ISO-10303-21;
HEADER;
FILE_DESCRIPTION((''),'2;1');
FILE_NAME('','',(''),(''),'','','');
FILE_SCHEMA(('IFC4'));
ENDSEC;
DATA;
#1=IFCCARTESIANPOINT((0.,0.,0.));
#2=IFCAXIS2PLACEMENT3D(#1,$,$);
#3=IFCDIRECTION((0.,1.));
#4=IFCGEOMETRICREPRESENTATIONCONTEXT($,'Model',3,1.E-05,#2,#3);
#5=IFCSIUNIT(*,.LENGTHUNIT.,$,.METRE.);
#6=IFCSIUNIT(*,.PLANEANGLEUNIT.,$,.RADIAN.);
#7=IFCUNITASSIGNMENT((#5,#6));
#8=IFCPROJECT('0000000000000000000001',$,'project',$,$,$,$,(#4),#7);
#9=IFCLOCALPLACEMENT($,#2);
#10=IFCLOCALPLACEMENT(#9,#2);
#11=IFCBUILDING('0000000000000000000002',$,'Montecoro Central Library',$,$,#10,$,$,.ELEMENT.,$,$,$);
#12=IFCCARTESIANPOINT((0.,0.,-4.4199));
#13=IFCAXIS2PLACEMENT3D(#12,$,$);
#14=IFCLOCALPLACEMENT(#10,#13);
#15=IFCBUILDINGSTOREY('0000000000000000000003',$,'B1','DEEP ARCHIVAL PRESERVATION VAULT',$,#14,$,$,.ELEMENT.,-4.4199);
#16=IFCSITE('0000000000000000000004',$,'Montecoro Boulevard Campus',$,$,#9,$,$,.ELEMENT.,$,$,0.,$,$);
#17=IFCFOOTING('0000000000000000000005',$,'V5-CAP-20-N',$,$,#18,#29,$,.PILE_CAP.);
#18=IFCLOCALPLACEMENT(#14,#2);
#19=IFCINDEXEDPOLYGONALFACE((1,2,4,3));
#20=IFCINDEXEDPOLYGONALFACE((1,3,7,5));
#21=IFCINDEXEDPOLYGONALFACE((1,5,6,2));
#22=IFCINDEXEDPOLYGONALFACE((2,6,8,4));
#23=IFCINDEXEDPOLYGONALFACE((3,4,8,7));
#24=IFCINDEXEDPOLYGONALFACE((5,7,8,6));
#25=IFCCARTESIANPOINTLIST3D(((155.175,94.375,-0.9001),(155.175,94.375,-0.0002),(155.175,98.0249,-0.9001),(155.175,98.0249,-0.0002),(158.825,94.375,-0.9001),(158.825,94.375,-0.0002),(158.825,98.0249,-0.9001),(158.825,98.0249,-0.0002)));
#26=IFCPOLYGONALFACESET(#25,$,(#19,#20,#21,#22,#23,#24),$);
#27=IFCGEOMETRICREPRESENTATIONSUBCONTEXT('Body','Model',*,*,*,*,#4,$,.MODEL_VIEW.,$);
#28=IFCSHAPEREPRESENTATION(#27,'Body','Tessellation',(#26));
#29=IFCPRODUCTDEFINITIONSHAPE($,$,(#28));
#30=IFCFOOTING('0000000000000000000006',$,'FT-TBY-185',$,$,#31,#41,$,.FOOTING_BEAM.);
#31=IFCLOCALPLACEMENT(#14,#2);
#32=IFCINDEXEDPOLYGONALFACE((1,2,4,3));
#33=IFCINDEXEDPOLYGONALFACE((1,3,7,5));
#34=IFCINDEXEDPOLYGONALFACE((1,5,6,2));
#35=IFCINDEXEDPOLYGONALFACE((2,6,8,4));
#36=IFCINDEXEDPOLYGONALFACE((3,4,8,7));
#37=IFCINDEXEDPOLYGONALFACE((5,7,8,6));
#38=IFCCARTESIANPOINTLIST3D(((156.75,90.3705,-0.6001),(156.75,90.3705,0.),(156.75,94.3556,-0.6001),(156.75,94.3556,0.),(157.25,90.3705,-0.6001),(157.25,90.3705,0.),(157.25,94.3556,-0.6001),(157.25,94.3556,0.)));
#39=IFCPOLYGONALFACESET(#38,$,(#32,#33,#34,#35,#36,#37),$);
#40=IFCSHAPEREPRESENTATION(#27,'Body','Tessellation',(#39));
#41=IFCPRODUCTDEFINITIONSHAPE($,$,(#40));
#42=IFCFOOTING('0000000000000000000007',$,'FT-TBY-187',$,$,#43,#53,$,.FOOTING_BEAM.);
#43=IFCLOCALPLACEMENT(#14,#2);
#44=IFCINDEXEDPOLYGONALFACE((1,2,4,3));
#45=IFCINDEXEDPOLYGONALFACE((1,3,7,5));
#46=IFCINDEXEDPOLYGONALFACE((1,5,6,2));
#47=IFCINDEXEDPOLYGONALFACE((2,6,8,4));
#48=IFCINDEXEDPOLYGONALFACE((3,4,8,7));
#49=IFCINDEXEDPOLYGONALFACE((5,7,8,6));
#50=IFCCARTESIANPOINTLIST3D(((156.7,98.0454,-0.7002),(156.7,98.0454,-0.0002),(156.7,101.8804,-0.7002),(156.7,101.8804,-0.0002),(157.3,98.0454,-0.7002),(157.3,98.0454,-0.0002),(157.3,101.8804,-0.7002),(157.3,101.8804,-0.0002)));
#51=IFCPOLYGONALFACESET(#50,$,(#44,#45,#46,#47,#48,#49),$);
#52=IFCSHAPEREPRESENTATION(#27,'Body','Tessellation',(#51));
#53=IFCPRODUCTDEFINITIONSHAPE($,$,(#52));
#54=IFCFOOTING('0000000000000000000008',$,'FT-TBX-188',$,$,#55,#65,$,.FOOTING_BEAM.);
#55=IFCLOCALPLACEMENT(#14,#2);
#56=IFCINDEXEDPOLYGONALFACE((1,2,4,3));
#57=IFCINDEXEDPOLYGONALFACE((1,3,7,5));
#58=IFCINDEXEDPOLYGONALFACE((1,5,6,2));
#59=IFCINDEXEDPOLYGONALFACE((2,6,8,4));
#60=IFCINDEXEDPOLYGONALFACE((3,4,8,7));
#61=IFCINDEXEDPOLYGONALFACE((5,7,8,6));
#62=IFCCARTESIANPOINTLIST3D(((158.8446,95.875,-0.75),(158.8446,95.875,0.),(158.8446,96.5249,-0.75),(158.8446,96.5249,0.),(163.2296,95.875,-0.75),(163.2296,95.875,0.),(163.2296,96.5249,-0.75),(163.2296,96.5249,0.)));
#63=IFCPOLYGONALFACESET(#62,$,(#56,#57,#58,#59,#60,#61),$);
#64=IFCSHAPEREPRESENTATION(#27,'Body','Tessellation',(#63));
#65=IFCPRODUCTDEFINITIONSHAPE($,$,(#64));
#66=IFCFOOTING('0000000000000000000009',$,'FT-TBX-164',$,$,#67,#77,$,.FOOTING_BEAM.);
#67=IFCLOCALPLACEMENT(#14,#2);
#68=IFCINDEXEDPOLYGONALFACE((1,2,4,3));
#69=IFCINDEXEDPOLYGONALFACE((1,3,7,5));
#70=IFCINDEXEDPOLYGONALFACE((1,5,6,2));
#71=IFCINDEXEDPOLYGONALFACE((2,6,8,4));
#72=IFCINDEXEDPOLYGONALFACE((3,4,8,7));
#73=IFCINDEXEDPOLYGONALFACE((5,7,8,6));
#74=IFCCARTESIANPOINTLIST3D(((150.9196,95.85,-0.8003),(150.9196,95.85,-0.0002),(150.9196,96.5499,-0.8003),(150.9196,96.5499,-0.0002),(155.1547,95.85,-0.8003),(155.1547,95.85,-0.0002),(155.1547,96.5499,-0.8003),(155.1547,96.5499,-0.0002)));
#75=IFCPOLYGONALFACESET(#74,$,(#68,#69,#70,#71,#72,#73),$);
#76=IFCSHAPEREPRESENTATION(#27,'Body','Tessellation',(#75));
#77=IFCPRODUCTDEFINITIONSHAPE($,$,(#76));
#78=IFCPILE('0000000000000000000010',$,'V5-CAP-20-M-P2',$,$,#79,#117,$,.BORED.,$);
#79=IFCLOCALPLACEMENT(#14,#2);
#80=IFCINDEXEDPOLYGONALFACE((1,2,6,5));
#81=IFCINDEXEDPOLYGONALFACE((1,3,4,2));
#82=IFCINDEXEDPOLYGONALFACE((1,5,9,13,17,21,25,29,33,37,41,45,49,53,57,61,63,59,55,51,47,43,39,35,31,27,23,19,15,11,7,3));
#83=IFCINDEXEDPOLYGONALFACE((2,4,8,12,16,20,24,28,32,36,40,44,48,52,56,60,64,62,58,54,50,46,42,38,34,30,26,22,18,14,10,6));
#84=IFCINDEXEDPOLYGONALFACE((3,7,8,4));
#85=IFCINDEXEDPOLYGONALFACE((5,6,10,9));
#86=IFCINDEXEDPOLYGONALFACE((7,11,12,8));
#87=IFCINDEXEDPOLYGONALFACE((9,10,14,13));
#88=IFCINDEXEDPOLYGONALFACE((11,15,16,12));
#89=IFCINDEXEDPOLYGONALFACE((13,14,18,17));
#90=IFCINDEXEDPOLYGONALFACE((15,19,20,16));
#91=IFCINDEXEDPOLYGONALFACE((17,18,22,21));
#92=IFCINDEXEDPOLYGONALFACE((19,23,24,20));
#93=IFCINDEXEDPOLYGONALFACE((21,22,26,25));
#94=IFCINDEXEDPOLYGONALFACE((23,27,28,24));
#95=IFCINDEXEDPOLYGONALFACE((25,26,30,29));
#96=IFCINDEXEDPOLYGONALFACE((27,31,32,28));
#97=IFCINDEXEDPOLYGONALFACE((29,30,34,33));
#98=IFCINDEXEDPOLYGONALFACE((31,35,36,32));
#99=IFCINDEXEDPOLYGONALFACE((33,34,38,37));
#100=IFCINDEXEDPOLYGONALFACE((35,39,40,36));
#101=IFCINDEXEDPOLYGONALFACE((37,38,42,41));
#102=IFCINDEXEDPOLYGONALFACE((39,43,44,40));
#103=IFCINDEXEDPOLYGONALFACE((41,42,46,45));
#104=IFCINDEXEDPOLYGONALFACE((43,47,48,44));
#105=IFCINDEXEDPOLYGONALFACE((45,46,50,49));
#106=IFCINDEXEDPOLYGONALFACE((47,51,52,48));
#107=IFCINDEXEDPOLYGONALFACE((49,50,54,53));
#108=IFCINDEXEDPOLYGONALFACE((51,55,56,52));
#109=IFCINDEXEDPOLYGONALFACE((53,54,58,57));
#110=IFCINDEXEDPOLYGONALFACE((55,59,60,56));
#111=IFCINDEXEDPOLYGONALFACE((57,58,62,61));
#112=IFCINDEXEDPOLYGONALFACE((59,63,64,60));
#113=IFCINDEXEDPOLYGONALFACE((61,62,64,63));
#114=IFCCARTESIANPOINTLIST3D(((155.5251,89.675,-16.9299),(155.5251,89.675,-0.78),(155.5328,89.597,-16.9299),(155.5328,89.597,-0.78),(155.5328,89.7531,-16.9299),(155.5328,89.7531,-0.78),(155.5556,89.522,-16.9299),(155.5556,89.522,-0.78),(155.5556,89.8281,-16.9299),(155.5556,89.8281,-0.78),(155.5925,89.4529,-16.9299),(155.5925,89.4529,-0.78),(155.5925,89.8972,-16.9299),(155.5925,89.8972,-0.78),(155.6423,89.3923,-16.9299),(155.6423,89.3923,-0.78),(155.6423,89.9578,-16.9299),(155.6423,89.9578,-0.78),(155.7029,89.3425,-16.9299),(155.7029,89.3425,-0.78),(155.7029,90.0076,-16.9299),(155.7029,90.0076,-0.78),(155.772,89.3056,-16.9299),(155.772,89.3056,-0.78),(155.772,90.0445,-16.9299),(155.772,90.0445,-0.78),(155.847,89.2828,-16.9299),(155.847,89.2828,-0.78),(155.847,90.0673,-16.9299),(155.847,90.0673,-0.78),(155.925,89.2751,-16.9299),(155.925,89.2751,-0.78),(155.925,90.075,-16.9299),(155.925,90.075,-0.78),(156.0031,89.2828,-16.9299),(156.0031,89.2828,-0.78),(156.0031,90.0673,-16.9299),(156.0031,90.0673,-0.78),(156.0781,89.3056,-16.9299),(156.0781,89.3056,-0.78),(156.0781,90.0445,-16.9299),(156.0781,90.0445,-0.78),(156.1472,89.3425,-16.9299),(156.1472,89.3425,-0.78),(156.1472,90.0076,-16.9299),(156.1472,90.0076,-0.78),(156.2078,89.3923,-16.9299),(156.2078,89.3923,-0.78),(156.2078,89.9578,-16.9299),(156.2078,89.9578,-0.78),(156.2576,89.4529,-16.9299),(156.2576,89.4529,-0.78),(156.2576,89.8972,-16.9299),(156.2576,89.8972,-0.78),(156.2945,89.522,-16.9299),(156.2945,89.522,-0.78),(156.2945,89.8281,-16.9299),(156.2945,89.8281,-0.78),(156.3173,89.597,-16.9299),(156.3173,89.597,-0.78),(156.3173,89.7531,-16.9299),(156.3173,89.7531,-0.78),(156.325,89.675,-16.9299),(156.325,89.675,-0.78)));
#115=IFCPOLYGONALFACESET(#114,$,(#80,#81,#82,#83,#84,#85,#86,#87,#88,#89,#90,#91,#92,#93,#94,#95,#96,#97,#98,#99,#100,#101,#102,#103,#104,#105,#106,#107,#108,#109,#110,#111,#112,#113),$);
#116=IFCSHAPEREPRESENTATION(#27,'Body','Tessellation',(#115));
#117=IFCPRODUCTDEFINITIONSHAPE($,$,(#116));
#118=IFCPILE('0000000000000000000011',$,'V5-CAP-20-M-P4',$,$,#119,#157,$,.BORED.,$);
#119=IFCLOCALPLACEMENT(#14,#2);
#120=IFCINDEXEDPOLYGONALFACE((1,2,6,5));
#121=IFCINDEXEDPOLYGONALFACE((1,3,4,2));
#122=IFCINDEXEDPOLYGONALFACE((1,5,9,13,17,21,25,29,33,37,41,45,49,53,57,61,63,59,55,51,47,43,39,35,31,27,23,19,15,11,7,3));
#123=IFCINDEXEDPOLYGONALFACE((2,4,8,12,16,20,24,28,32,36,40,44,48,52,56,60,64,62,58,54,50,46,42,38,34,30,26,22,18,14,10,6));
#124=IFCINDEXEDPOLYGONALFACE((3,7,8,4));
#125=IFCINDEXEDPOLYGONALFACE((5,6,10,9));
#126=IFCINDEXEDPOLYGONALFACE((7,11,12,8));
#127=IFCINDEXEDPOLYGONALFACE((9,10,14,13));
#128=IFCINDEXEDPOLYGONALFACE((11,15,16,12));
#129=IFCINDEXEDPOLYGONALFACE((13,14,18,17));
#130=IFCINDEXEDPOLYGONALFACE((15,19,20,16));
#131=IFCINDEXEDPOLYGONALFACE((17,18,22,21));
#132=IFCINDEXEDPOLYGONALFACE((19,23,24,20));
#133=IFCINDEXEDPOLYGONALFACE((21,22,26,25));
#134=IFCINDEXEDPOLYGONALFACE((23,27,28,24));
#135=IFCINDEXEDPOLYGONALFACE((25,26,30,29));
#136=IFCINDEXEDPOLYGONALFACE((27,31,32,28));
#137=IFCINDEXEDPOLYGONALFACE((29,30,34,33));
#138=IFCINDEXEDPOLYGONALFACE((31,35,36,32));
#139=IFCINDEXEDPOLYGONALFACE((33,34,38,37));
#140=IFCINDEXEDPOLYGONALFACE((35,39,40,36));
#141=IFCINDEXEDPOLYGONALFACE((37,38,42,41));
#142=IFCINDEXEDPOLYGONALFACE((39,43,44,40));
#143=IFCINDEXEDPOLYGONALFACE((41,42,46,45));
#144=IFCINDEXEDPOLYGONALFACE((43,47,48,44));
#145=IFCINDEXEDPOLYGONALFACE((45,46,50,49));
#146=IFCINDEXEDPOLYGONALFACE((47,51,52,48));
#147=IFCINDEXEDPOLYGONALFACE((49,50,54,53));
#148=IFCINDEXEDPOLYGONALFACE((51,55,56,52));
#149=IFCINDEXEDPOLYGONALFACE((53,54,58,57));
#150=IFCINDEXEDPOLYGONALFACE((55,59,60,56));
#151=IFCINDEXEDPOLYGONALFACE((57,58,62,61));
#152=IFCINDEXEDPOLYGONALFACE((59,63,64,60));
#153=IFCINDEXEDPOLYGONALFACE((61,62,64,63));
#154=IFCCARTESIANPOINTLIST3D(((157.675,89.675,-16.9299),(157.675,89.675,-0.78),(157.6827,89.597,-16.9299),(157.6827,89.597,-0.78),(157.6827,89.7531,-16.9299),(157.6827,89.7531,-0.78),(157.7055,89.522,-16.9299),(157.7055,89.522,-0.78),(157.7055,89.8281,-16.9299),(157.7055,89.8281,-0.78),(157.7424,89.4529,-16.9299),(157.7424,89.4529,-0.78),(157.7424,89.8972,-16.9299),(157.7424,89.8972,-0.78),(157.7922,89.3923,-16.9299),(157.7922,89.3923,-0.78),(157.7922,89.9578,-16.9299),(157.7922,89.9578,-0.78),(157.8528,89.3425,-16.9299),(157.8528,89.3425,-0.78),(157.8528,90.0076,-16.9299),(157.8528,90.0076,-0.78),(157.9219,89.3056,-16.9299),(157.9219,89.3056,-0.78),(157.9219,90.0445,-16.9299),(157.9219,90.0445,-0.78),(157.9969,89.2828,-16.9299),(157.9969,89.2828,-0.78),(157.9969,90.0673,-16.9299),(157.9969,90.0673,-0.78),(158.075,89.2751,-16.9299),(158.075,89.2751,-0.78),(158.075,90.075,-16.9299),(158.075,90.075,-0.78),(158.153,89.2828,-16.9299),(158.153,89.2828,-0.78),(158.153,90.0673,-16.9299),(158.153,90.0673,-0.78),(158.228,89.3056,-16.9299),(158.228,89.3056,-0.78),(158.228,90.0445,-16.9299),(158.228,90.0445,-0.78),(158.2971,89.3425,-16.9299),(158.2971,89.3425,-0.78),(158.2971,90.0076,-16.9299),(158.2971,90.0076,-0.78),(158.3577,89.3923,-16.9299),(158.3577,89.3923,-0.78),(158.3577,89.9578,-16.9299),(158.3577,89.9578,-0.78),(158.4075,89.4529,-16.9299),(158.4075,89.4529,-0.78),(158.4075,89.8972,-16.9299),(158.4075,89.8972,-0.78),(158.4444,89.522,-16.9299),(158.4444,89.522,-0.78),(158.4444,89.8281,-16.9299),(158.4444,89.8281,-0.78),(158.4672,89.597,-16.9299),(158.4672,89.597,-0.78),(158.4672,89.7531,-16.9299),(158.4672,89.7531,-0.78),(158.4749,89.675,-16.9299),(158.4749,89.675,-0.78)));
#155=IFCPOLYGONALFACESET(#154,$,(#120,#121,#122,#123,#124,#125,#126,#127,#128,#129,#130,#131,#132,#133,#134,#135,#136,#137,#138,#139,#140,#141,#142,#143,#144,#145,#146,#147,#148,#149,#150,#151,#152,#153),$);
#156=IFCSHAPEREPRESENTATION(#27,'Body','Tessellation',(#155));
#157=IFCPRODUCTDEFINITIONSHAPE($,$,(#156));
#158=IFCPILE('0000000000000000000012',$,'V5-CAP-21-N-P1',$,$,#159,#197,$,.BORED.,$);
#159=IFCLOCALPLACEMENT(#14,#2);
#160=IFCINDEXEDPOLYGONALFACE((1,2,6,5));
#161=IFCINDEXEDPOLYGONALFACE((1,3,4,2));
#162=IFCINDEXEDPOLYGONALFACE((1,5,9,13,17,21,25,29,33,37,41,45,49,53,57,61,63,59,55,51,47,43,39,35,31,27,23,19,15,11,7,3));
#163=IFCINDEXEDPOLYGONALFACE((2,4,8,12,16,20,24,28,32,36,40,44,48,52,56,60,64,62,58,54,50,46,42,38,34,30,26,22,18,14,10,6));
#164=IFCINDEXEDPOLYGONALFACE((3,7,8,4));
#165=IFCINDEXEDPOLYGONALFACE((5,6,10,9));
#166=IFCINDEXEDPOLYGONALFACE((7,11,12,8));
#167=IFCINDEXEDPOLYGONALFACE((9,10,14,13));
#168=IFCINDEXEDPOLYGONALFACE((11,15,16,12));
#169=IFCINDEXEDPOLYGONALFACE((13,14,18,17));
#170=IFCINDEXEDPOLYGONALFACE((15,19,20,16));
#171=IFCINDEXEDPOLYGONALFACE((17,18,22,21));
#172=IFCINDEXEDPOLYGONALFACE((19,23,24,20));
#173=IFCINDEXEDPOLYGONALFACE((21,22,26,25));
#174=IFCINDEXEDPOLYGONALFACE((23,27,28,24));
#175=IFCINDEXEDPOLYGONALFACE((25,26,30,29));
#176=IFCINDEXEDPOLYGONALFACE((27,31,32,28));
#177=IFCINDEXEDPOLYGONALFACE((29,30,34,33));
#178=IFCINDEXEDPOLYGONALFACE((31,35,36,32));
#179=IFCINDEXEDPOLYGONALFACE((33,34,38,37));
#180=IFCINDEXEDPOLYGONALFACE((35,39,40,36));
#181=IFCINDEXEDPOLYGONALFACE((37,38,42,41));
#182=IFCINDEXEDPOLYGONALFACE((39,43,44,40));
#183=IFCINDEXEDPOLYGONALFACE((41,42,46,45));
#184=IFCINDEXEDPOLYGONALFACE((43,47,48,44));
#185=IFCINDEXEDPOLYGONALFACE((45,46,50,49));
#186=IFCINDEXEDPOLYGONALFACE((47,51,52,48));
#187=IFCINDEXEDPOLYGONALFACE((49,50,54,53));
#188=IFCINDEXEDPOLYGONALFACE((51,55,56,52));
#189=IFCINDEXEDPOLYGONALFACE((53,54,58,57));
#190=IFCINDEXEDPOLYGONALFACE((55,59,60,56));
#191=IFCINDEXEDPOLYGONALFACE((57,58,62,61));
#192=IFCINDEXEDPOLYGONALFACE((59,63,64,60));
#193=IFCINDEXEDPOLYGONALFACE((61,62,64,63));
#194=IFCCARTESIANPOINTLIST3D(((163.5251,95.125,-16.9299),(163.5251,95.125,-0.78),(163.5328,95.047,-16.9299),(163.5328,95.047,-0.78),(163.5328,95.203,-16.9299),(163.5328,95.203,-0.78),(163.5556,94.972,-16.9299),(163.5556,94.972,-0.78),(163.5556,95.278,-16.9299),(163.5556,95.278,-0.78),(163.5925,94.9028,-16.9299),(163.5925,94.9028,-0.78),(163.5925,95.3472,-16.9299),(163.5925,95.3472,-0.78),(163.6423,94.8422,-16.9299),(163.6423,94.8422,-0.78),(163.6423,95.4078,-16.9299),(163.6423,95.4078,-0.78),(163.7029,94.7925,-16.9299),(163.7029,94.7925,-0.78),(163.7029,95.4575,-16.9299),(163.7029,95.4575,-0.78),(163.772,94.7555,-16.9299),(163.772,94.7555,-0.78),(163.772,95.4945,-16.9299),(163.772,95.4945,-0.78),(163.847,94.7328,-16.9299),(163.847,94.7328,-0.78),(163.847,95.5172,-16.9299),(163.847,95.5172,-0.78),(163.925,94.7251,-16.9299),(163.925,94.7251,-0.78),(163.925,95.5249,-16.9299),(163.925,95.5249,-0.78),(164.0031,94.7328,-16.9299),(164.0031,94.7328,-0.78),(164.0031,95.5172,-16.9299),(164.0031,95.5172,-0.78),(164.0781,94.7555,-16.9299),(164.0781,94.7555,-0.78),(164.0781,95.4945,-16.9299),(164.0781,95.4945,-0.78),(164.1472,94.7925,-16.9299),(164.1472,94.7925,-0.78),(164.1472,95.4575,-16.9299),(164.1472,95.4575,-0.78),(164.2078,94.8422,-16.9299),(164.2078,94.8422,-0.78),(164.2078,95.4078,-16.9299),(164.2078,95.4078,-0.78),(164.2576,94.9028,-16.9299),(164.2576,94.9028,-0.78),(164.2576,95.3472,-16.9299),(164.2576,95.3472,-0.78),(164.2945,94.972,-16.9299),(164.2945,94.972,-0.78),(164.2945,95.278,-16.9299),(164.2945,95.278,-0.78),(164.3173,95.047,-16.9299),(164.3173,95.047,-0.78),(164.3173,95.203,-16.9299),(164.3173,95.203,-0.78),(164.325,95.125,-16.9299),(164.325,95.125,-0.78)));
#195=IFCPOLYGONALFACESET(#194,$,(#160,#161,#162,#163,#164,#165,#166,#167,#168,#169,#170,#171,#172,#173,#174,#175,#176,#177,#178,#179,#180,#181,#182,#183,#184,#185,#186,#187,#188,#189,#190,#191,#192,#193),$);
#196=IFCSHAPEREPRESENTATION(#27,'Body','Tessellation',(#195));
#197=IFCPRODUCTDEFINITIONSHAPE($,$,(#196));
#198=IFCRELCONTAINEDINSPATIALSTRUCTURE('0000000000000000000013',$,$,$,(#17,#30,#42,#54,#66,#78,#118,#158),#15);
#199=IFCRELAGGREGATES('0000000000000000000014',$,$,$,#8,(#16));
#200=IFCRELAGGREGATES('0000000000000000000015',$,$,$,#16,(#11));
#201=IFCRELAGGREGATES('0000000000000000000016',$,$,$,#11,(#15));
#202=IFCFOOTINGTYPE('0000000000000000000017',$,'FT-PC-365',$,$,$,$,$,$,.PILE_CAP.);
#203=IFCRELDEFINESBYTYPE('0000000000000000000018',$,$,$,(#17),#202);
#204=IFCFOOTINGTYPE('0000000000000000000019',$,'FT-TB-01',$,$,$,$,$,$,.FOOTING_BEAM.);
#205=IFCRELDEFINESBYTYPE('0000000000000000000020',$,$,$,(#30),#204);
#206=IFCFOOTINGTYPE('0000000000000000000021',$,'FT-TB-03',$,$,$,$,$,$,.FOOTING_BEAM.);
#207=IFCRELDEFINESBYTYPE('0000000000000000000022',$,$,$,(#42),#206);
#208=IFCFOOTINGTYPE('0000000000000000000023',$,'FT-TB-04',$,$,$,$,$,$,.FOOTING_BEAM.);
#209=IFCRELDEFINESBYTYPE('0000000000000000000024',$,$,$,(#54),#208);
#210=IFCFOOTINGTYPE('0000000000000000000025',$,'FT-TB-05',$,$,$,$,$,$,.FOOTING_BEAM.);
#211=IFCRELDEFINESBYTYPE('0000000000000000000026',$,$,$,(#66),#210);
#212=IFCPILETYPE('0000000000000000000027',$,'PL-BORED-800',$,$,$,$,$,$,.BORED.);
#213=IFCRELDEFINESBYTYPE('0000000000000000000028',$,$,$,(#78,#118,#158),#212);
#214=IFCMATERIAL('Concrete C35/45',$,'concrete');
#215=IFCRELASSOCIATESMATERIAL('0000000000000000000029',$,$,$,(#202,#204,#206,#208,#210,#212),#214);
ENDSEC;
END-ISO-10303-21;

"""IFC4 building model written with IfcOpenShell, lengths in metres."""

from ifc_helpers import new_model, si_unit, direction, frame, origin, origin_2d, place, context, subcontext, project, spatial, rectangle, circle, extrude, material, material_profile, profile_set, type_object, element, save


model = new_model("IFC4")

# Units and contexts
model_context = context("Model", 3, precision=1e-05, world=origin(), true_north=direction((0.0, 1.0)))
body_context = subcontext(model_context, "Body", "Model", "MODEL_VIEW")
ifc_project = project(units=[si_unit("LENGTHUNIT", "METRE"), si_unit("PLANEANGLEUNIT", "RADIAN")], contexts=[model_context])

# Site, building, storey
site_placement = place(None, origin())
site = spatial("IfcSite", under=ifc_project, at=site_placement, Name="Montecoro Boulevard Campus", CompositionType="ELEMENT", RefElevation=0.0)
building_placement = place(site_placement, origin())
building = spatial("IfcBuilding", under=site, at=building_placement, Name="Montecoro Central Library", CompositionType="ELEMENT")
storey_placement = place(building_placement, frame((0.0, 0.0, -4.4199)))
storey = spatial("IfcBuildingStorey", under=building, at=storey_placement, Name="B1", Description="DEEP ARCHIVAL PRESERVATION VAULT", CompositionType="ELEMENT", Elevation=-4.4199)

# Footings
ifc_material_1 = material(Name="Concrete C35/45", Category="concrete")
footing_type_1 = type_object("IfcFootingType", Name="FT-PC-365", PredefinedType="PILE_CAP", material=ifc_material_1)
footing_1_placement = place(storey_placement, frame((157.0, 96.2, -0.9001), z_axis=(0.0, 0.0, 1.0), x_axis=(1.0, 0.0, 0.0)))
element("IfcFooting", 1, at=footing_1_placement, inside=storey, type_object=footing_type_1, Name="V5-CAP-20-N", PredefinedType="PILE_CAP", context=body_context, shape_type="SweptSolid", body=[
    extrude(rectangle(XDim=3.6499, YDim=3.6499, at=origin_2d()), origin(), (0.0, 0.0, 1.0), 0.8999),
])
footing_type_2 = type_object("IfcFootingType", Name="FT-TB-01", PredefinedType="FOOTING_BEAM", material=ifc_material_1)
footing_2_placement = place(storey_placement, frame((157.0, 92.363, -0.6001), z_axis=(0.0, 0.0, 1.0), x_axis=(1.0, 0.0, 0.0)))
element("IfcFooting", 2, at=footing_2_placement, inside=storey, type_object=footing_type_2, Name="FT-TBY-185", PredefinedType="FOOTING_BEAM", context=body_context, shape_type="SweptSolid", body=[
    extrude(rectangle(XDim=0.5, YDim=3.9851, at=origin_2d()), origin(), (0.0, 0.0, 1.0), 0.6001),
])
footing_type_3 = type_object("IfcFootingType", Name="FT-TB-03", PredefinedType="FOOTING_BEAM", material=ifc_material_1)
footing_3_placement = place(storey_placement, frame((157.0, 99.9629, -0.7002), z_axis=(0.0, 0.0, 1.0), x_axis=(1.0, 0.0, 0.0)))
element("IfcFooting", 3, at=footing_3_placement, inside=storey, type_object=footing_type_3, Name="FT-TBY-187", PredefinedType="FOOTING_BEAM", context=body_context, shape_type="SweptSolid", body=[
    extrude(rectangle(XDim=0.6001, YDim=3.835, at=origin_2d()), origin(), (0.0, 0.0, 1.0), 0.7),
])
footing_type_4 = type_object("IfcFootingType", Name="FT-TB-04", PredefinedType="FOOTING_BEAM", material=ifc_material_1)
footing_4_placement = place(storey_placement, frame((161.0371, 96.2, -0.75), z_axis=(0.0, 0.0, 1.0), x_axis=(1.0, 0.0, 0.0)))
element("IfcFooting", 4, at=footing_4_placement, inside=storey, type_object=footing_type_4, Name="FT-TBX-188", PredefinedType="FOOTING_BEAM", context=body_context, shape_type="SweptSolid", body=[
    extrude(rectangle(XDim=4.385, YDim=0.6499, at=origin_2d()), origin(), (0.0, 0.0, 1.0), 0.75),
])
footing_type_5 = type_object("IfcFootingType", Name="FT-TB-05", PredefinedType="FOOTING_BEAM", material=ifc_material_1)
footing_5_placement = place(storey_placement, frame((153.0371, 96.2, -0.8003), z_axis=(0.0, 0.0, 1.0), x_axis=(1.0, 0.0, 0.0)))
element("IfcFooting", 5, at=footing_5_placement, inside=storey, type_object=footing_type_5, Name="FT-TBX-164", PredefinedType="FOOTING_BEAM", context=body_context, shape_type="SweptSolid", body=[
    extrude(rectangle(XDim=4.2351, YDim=0.7, at=origin_2d()), origin(), (0.0, 0.0, 1.0), 0.8),
])

# Piles
ifc_material_profile_1 = material_profile(ifc_material_1, circle(Radius=0.3999, at=origin_2d()), Name="PILE D800")
ifc_profile_set_1 = profile_set([ifc_material_profile_1], Name="Concrete C35/45")
pile_type_1 = type_object("IfcPileType", Name="PL-BORED-800", PredefinedType="BORED", material=ifc_profile_set_1)
for number, where, z_axis, x_axis, name in (
    (6, (155.925, 89.675, -0.78), (0.0, 0.0, -1.0), (1.0, 0.0, 0.0), "V5-CAP-20-M-P2"),
    (7, (158.075, 89.675, -0.78), (0.0, 0.0, -1.0), (1.0, 0.0, 0.0), "V5-CAP-20-M-P4"),
    (8, (163.925, 95.125, -0.78), (0.0, 0.0, -1.0), (1.0, 0.0, 0.0), "V5-CAP-21-N-P1"),
):
    element("IfcPile", number, at=place(storey_placement, frame(where, z_axis=z_axis, x_axis=x_axis)), inside=storey, type_object=pile_type_1, Name=name, PredefinedType="BORED", context=body_context, shape_type="SweptSolid", body=[
        extrude(circle(Radius=0.3999, at=origin_2d()), origin(), (0.0, 0.0, 1.0), 16.1499),
    ])

save(model, "model.ifc")
